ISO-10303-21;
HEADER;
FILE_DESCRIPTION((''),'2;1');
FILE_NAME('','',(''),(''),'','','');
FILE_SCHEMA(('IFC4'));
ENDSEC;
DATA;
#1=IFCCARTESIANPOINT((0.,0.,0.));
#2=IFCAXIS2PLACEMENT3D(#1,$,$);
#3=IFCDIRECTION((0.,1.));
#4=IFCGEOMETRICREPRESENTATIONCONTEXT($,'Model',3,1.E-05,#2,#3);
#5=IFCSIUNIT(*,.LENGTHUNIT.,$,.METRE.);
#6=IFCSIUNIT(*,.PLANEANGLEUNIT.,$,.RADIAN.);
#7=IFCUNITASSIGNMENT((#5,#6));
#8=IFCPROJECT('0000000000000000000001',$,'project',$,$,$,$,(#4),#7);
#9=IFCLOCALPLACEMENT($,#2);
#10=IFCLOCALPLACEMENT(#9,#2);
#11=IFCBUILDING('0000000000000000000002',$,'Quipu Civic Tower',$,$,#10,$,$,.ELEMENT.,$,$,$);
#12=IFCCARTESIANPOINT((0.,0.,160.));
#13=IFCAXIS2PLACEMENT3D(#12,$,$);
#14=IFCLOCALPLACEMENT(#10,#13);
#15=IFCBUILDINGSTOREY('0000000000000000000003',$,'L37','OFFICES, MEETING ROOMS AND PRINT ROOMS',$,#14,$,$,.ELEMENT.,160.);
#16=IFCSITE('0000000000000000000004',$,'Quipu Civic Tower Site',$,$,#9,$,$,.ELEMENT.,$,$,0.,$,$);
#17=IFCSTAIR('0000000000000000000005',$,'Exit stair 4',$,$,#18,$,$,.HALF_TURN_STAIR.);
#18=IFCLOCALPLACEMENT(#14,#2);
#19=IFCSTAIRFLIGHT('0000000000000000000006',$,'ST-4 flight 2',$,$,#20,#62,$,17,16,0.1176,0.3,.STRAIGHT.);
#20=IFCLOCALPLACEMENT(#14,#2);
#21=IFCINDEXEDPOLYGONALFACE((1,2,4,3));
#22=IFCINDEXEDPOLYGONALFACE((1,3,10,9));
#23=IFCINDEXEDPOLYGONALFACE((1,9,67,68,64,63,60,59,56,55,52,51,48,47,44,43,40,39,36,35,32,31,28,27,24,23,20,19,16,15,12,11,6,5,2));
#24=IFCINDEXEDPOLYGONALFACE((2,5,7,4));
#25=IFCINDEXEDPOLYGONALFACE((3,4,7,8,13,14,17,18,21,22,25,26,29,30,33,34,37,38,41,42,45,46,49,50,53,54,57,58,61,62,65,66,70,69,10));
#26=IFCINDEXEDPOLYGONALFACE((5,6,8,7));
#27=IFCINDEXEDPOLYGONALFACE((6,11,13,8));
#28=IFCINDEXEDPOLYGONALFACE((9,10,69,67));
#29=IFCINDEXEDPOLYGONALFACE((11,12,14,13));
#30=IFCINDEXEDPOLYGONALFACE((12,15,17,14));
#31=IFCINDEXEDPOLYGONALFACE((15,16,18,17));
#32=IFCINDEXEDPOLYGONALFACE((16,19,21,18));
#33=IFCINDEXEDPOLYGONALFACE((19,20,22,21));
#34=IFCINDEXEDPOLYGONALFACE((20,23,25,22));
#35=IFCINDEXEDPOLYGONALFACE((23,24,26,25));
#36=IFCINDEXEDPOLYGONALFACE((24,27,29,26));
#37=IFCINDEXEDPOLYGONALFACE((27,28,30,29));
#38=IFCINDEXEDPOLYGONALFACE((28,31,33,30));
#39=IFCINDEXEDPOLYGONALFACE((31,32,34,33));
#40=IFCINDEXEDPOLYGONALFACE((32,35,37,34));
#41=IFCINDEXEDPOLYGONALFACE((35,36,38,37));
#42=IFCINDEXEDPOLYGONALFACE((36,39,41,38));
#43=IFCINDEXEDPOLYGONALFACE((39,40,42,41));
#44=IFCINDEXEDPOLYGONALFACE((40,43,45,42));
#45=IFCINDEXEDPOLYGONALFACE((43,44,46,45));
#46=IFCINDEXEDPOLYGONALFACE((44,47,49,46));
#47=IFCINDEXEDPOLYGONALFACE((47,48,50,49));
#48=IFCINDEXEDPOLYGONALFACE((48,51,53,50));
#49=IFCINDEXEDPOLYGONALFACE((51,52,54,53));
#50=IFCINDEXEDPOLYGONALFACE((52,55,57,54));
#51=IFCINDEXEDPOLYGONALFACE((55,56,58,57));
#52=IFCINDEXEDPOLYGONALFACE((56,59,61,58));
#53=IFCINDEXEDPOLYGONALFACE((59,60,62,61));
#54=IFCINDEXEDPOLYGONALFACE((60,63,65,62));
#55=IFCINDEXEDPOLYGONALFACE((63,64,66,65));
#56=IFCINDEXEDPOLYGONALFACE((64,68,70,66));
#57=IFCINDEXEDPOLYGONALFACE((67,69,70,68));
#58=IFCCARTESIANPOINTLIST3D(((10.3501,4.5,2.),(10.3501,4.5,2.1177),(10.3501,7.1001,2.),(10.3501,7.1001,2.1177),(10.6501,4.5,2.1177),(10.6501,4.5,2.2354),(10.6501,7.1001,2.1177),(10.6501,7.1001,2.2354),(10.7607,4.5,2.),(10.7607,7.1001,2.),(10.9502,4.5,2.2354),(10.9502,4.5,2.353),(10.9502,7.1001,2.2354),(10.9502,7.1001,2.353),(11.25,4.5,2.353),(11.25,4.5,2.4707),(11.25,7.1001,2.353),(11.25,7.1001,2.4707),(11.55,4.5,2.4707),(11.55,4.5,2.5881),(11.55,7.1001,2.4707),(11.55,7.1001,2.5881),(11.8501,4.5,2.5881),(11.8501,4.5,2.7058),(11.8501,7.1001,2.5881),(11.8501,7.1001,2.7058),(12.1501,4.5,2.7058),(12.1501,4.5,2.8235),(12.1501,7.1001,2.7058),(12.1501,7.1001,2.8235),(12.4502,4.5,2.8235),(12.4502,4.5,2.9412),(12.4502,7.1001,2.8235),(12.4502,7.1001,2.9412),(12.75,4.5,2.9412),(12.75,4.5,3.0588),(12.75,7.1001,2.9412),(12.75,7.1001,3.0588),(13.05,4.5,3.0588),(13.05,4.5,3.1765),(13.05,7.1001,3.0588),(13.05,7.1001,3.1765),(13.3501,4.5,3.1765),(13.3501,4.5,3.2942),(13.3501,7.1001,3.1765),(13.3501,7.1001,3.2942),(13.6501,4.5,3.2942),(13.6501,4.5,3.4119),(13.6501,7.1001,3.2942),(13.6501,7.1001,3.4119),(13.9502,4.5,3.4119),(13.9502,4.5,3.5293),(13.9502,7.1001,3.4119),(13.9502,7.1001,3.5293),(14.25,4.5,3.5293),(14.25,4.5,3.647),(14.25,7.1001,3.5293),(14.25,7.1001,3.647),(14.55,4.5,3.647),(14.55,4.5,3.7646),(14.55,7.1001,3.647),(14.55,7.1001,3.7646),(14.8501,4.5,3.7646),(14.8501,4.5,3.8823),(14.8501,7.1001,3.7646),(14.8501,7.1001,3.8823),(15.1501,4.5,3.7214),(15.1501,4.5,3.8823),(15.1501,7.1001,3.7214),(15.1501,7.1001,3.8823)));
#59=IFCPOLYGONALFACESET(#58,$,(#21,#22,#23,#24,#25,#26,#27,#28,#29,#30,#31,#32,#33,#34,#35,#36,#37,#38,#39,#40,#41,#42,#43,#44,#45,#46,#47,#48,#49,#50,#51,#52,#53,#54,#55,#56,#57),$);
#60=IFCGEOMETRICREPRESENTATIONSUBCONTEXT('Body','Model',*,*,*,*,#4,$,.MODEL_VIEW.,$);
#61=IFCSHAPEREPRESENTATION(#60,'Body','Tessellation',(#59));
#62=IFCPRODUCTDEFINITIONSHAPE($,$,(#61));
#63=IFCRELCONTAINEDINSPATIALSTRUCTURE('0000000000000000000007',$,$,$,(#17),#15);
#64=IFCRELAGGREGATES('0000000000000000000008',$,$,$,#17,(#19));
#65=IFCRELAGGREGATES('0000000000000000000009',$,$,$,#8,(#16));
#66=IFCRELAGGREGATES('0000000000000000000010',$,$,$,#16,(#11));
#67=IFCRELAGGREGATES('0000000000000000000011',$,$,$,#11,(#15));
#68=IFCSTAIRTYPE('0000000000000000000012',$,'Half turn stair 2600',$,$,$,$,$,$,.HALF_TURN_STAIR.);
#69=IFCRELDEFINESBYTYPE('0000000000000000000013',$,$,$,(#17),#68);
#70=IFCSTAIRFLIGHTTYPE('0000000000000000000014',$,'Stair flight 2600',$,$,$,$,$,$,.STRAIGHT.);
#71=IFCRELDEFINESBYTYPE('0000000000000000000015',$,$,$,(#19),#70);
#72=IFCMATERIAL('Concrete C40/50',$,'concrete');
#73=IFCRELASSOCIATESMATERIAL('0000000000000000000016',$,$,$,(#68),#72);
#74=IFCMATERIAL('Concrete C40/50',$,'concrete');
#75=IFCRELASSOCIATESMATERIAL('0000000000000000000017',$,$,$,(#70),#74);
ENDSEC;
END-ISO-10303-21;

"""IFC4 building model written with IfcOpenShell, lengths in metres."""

from ifc_helpers import new_model, si_unit, direction, frame, origin, place, context, subcontext, project, spatial, polyline, outline, extrude, material, type_object, element, aggregate, save


model = new_model("IFC4")

# Units and contexts
model_context = context("Model", 3, precision=1e-05, world=origin(), true_north=direction((0.0, 1.0)))
body_context = subcontext(model_context, "Body", "Model", "MODEL_VIEW")
ifc_project = project(units=[si_unit("LENGTHUNIT", "METRE"), si_unit("PLANEANGLEUNIT", "RADIAN")], contexts=[model_context])

# Site, building, storey
site_placement = place(None, origin())
site = spatial("IfcSite", under=ifc_project, at=site_placement, Name="Quipu Civic Tower Site", CompositionType="ELEMENT", RefElevation=0.0)
building_placement = place(site_placement, origin())
building = spatial("IfcBuilding", under=site, at=building_placement, Name="Quipu Civic Tower", CompositionType="ELEMENT")
storey_placement = place(building_placement, frame((0.0, 0.0, 160.0)))
storey = spatial("IfcBuildingStorey", under=building, at=storey_placement, Name="L37", Description="OFFICES, MEETING ROOMS AND PRINT ROOMS", CompositionType="ELEMENT", Elevation=160.0)

# Stair, stair flight
ifc_material_1 = material(Name="Concrete C40/50", Category="concrete")
stair_type = type_object("IfcStairType", Name="Half turn stair 2600", PredefinedType="HALF_TURN_STAIR", material=ifc_material_1)
stair_placement = place(storey_placement, origin())
stair = element("IfcStair", 1, at=stair_placement, inside=storey, type_object=stair_type, Name="Exit stair 4", PredefinedType="HALF_TURN_STAIR")
ifc_material_2 = material(Name="Concrete C40/50", Category="concrete")
stair_flight_type = type_object("IfcStairFlightType", Name="Stair flight 2600", PredefinedType="STRAIGHT", material=ifc_material_2)
stair_flight_1_placement = place(storey_placement, frame((10.3501, 5.8, 2.0), z_axis=(0.0, 0.0, 1.0), x_axis=(1.0, 0.0, 0.0)))
stair_flight_1 = element("IfcStairFlight", 2, at=stair_flight_1_placement, type_object=stair_flight_type, Name="ST-4 flight 2", NumberOfRisers=17, NumberOfTreads=16, PredefinedType="STRAIGHT", RiserHeight=0.1176, TreadLength=0.3, context=body_context, shape_type="SweptSolid", body=[
    extrude(outline(polyline([(0.0, 0.0), (0.0, 0.1177), (0.3, 0.1177), (0.3, 0.2354), (0.6001, 0.2354), (0.6001, 0.353), (0.8999, 0.353), (0.8999, 0.4707), (1.2, 0.4707), (1.2, 0.5881), (1.5, 0.5881), (1.5, 0.7058), (1.8, 0.7058), (1.8, 0.8235), (2.1001, 0.8235), (2.1001, 0.9412), (2.3999, 0.9412), (2.3999, 1.0588), (2.7, 1.0588), (2.7, 1.1765), (3.0, 1.1765), (3.0, 1.2942), (3.3, 1.2942), (3.3, 1.4119), (3.6001, 1.4119), (3.6001, 1.5293), (3.8999, 1.5293), (3.8999, 1.647), (4.2, 1.647), (4.2, 1.7646), (4.5, 1.7646), (4.5, 1.8823), (4.8, 1.8823), (4.8, 2.0), (4.8, 1.7214), (0.4106, 0.0), (0.0, 0.0)])), frame((0.0, 1.3, 0.0), z_axis=(0.0, -1.0, 0.0), x_axis=(1.0, 0.0, 0.0)), (0.0, 0.0, 1.0), 2.6001),
])
aggregate(stair, [stair_flight_1])

save(model, "model.ifc")
